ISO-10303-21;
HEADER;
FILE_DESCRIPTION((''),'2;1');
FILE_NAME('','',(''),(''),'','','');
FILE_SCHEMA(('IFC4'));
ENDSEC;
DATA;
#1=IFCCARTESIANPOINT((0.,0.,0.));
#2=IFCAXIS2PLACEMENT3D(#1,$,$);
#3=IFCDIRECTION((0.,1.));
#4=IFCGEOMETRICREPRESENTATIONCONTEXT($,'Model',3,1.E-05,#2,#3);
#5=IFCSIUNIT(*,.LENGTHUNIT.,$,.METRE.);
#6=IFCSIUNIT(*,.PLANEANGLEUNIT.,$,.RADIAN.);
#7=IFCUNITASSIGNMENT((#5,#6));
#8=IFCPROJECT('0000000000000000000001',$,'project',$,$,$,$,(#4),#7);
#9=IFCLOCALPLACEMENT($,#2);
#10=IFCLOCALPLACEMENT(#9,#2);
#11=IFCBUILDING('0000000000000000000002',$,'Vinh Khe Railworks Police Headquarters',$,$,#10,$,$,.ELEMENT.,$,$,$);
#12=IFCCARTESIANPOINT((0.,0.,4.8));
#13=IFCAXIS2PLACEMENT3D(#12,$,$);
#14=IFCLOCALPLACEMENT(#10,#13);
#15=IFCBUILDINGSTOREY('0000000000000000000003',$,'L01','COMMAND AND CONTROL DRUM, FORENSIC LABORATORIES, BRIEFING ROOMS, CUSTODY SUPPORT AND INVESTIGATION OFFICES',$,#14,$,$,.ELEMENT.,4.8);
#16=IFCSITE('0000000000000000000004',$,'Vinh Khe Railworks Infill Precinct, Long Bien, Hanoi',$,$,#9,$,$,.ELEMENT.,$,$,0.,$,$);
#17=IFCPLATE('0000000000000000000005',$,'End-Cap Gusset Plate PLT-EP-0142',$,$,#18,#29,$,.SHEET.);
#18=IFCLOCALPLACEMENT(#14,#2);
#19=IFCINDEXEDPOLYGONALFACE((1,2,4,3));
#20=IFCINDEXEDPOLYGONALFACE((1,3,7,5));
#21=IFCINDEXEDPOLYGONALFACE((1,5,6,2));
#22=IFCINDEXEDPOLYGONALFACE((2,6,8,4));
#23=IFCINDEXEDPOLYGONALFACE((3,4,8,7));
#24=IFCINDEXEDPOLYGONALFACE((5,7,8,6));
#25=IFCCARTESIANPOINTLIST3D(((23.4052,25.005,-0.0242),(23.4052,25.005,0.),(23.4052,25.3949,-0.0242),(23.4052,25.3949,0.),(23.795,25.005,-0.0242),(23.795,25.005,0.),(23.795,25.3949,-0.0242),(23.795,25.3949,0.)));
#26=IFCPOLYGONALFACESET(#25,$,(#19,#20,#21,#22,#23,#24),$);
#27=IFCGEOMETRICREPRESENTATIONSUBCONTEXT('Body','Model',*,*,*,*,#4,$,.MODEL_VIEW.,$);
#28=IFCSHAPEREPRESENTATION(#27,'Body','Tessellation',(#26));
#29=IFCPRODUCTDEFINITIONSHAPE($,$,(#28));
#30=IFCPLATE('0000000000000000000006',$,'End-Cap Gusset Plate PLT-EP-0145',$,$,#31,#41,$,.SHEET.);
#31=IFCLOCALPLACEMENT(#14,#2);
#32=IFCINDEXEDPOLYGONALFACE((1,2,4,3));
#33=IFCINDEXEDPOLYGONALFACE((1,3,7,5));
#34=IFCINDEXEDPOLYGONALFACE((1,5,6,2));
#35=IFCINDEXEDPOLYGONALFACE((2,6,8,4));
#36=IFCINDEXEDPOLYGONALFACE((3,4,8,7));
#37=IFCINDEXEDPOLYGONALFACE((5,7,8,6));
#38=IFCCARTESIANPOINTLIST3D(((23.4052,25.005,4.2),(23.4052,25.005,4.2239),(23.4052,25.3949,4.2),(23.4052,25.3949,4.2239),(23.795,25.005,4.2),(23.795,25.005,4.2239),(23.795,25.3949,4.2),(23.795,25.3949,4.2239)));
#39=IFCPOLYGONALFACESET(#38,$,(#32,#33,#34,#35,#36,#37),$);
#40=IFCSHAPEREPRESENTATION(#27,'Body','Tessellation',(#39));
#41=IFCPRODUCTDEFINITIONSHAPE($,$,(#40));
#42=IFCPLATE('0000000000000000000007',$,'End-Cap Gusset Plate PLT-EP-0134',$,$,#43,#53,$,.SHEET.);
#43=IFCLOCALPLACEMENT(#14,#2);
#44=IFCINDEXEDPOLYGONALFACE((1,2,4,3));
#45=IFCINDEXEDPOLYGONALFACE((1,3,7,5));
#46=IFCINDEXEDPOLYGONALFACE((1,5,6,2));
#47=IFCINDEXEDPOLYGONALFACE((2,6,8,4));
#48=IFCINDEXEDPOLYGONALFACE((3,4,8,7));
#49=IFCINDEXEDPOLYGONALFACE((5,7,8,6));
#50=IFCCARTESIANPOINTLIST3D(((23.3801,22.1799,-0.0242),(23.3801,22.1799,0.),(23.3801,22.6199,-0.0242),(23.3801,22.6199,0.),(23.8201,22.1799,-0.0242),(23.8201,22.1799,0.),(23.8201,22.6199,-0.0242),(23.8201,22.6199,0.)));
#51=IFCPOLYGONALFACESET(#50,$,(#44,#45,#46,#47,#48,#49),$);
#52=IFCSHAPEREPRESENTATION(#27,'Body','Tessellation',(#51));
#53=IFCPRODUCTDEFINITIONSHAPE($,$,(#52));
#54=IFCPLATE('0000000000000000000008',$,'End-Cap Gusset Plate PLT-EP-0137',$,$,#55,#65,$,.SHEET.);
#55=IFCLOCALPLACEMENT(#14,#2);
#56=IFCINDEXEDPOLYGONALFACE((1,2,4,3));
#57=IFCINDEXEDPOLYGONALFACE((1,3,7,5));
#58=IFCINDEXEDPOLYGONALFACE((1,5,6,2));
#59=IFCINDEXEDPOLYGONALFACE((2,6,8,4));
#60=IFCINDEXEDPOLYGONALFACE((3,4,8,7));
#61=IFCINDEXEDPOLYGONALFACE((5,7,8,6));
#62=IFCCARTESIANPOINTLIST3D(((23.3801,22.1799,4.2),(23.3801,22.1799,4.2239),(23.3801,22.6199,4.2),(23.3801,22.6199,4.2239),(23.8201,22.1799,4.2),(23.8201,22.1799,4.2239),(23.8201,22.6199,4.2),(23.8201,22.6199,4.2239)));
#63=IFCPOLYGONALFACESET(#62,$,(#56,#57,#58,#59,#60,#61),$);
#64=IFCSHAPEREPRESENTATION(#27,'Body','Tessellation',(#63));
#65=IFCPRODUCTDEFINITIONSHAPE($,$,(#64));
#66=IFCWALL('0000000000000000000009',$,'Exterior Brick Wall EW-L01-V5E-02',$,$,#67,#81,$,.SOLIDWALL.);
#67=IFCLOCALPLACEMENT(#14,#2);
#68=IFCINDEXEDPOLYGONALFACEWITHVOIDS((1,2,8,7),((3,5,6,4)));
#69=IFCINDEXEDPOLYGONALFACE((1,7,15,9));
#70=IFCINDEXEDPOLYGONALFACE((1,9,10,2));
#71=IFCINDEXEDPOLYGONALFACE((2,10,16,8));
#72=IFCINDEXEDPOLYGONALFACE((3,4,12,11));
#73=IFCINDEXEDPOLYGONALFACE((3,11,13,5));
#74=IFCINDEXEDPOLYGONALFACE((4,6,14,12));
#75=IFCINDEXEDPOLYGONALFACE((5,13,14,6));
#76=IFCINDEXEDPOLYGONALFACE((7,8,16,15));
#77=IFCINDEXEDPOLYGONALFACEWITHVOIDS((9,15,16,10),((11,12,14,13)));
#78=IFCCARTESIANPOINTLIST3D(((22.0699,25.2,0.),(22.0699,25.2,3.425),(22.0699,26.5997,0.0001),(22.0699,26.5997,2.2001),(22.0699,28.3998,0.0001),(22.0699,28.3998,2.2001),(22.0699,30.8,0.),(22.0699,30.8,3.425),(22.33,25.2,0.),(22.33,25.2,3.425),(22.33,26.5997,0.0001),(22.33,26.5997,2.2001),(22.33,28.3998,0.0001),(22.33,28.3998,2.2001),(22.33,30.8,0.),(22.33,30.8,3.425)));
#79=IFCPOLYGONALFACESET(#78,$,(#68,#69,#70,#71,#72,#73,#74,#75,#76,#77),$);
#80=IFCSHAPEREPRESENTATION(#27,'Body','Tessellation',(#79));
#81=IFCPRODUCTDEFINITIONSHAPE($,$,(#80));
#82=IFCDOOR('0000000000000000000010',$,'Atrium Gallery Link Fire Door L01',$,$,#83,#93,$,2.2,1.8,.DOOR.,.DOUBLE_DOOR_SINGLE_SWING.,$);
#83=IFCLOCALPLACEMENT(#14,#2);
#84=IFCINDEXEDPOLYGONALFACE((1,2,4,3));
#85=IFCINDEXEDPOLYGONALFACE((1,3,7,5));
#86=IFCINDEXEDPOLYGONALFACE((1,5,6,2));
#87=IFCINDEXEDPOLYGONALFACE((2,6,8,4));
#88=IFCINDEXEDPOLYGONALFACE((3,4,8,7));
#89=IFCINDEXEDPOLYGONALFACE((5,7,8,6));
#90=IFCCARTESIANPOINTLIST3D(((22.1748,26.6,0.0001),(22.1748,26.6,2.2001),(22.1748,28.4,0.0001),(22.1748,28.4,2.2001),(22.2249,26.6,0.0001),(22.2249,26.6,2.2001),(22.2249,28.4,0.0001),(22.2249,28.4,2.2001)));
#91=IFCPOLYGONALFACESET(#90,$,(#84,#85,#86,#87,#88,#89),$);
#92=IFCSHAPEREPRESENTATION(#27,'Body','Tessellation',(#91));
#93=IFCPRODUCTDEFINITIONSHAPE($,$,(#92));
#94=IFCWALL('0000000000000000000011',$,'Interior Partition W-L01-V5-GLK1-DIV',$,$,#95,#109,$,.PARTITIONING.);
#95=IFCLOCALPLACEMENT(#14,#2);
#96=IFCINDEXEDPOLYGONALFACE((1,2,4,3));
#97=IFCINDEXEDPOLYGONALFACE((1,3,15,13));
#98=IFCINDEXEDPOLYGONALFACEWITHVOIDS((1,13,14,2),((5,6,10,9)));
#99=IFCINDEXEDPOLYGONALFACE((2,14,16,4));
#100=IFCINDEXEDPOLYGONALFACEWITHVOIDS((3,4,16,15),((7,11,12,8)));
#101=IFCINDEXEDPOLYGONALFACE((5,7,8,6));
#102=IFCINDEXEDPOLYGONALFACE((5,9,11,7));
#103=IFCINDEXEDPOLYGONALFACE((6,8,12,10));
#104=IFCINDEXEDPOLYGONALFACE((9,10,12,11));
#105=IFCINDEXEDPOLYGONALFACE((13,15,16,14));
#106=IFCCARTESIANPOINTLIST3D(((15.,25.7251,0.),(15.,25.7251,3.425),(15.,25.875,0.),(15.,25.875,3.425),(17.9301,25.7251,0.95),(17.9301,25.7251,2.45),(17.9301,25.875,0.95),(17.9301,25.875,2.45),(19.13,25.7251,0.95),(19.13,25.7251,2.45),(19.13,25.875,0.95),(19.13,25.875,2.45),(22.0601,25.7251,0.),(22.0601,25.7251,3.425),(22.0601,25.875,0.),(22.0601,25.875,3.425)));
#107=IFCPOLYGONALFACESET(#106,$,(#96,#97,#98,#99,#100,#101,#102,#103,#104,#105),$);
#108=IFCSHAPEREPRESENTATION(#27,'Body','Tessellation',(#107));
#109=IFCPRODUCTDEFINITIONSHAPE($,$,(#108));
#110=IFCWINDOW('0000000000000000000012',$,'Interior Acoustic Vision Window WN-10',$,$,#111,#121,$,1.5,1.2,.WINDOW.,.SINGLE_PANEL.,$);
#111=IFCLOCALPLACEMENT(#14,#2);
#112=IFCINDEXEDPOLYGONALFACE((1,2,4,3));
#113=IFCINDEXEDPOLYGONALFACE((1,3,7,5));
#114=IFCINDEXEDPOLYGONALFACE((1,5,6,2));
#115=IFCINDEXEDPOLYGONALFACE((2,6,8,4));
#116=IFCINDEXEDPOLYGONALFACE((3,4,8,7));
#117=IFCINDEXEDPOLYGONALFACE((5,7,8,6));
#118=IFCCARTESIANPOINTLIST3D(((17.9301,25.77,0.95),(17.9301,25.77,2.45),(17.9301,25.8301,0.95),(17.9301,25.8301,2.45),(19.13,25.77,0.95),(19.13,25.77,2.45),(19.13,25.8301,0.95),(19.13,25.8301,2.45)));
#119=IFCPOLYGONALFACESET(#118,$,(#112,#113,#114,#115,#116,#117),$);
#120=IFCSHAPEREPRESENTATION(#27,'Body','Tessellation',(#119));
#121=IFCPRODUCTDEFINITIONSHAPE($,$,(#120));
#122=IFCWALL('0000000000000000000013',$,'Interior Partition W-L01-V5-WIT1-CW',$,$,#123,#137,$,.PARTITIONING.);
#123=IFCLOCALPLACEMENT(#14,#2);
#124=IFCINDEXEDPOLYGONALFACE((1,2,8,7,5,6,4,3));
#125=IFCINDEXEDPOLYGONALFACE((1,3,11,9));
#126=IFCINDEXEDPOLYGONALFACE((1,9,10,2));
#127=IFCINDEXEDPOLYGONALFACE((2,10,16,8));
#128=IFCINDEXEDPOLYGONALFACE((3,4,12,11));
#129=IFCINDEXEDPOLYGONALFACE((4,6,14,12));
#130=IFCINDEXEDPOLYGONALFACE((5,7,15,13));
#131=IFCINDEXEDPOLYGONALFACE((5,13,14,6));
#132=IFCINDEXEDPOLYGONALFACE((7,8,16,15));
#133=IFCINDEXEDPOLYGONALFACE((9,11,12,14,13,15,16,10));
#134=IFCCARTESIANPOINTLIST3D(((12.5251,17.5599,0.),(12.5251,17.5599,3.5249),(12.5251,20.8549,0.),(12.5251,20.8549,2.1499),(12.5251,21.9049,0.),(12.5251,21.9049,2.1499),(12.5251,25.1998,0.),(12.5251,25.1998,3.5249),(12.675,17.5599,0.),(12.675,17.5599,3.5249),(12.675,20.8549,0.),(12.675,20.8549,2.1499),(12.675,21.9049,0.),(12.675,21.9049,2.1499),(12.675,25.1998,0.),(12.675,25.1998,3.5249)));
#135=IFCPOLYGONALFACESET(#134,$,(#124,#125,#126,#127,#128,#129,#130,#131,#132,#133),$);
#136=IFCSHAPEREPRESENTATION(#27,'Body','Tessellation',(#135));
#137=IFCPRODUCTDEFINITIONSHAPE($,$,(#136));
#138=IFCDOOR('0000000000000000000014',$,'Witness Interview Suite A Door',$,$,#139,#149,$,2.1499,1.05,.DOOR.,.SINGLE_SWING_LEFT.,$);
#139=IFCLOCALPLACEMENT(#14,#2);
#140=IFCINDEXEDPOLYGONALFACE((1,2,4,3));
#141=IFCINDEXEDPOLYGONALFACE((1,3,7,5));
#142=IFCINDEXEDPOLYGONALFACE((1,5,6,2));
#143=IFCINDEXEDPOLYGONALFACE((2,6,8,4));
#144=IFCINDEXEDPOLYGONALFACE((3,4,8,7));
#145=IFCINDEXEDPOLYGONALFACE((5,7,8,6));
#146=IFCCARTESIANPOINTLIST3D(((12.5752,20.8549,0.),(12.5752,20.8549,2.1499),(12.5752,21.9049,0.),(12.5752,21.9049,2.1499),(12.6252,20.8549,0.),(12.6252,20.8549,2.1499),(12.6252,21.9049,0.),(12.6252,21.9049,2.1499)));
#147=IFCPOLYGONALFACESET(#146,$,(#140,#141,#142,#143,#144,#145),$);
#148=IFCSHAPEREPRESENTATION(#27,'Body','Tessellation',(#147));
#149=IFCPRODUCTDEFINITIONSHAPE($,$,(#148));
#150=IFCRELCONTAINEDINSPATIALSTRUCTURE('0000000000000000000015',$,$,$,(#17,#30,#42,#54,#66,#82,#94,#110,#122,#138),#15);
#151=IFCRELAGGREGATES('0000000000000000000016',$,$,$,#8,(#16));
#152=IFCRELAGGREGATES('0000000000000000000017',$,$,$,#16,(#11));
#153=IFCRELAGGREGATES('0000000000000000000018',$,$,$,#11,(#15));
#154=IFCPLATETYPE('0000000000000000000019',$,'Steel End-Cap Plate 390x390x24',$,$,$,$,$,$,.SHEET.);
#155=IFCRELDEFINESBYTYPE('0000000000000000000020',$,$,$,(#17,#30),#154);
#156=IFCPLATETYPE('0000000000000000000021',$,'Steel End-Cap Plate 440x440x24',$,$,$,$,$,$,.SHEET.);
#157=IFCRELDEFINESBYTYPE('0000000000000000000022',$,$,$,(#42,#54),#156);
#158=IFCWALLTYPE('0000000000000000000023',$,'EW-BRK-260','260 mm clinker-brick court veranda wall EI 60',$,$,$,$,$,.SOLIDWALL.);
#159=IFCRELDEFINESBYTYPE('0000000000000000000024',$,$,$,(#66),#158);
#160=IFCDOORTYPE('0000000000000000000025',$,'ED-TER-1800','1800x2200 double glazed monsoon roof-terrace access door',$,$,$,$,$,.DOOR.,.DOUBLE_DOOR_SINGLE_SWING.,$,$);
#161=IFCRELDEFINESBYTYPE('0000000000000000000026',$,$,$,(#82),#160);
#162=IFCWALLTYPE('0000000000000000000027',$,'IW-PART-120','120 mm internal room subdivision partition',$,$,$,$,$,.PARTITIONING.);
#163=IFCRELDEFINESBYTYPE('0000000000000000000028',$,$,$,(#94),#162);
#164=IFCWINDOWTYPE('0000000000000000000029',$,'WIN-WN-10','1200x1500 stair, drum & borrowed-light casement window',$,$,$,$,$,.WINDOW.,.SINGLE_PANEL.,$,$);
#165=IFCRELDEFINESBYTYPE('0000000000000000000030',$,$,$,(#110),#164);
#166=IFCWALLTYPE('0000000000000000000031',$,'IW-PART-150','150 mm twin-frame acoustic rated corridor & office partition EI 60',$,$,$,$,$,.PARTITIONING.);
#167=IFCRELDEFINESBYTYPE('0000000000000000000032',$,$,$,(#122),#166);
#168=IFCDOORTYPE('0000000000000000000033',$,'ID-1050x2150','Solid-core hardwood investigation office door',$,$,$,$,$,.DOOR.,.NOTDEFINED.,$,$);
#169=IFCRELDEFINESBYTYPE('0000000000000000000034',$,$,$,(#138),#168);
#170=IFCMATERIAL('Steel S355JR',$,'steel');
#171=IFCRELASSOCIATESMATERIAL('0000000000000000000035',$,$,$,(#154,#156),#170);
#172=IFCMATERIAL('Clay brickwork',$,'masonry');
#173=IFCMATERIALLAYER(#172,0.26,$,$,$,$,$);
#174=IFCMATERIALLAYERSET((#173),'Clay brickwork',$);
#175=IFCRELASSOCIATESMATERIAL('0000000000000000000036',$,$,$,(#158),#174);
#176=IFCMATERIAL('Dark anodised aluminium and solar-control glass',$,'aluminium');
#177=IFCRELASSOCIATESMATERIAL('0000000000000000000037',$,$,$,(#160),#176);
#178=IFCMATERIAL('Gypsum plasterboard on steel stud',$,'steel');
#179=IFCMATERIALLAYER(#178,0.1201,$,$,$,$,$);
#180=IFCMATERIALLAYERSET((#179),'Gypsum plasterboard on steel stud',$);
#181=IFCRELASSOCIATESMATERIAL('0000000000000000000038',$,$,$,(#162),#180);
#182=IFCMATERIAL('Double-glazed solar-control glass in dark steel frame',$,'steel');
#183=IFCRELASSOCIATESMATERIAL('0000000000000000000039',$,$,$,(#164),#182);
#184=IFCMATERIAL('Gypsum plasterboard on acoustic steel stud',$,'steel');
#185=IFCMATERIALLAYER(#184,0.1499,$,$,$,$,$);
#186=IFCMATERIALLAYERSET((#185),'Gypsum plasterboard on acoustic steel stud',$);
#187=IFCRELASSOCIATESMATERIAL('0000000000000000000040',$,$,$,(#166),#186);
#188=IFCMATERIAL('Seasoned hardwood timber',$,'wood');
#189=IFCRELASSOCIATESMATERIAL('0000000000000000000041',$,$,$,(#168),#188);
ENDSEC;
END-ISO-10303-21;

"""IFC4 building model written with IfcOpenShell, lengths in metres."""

from ifc_helpers import new_model, si_unit, direction, frame, frame_2d, origin, origin_2d, place, context, subcontext, project, spatial, rectangle, extrude, material, layer, layer_set, material_profile, profile_set, type_object, element, fill, save


model = new_model("IFC4")

# Units and contexts
model_context = context("Model", 3, precision=1e-05, world=origin(), true_north=direction((0.0, 1.0)))
body_context = subcontext(model_context, "Body", "Model", "MODEL_VIEW")
ifc_project = project(units=[si_unit("LENGTHUNIT", "METRE"), si_unit("PLANEANGLEUNIT", "RADIAN")], contexts=[model_context])

# Site, building, storey
site_placement = place(None, origin())
site = spatial("IfcSite", under=ifc_project, at=site_placement, Name="Vinh Khe Railworks Infill Precinct, Long Bien, Hanoi", CompositionType="ELEMENT", RefElevation=0.0)
building_placement = place(site_placement, origin())
building = spatial("IfcBuilding", under=site, at=building_placement, Name="Vinh Khe Railworks Police Headquarters", CompositionType="ELEMENT")
storey_placement = place(building_placement, frame((0.0, 0.0, 4.8)))
storey = spatial("IfcBuildingStorey", under=building, at=storey_placement, Name="L01", Description="COMMAND AND CONTROL DRUM, FORENSIC LABORATORIES, BRIEFING ROOMS, CUSTODY SUPPORT AND INVESTIGATION OFFICES", CompositionType="ELEMENT", Elevation=4.8)

# Shared definitions
ifc_material_1 = material(Name="Steel S355JR", Category="steel")

# Plates
ifc_material_profile_1 = material_profile(ifc_material_1, rectangle(XDim=0.3899, YDim=0.3899, at=origin_2d()), Name="PL 390x390")
ifc_profile_set_1 = profile_set([ifc_material_profile_1], Name="Steel S355JR")
plate_type_1 = type_object("IfcPlateType", Name="Steel End-Cap Plate 390x390x24", PredefinedType="SHEET", material=ifc_profile_set_1)
plate_1_placement = place(storey_placement, frame((23.6001, 25.2, 0.0), z_axis=(0.0, 0.0, -1.0), x_axis=(1.0, 0.0, 0.0)))
element("IfcPlate", 1, at=plate_1_placement, inside=storey, type_object=plate_type_1, Name="End-Cap Gusset Plate PLT-EP-0142", PredefinedType="SHEET", context=body_context, shape_type="SweptSolid", body=[
    extrude(rectangle(XDim=0.3899, YDim=0.3899, at=origin_2d()), origin(), (0.0, 0.0, 1.0), 0.0242),
])
plate_2_placement = place(storey_placement, frame((23.6001, 25.2, 4.2), z_axis=(0.0, 0.0, 1.0), x_axis=(1.0, 0.0, 0.0)))
element("IfcPlate", 2, at=plate_2_placement, inside=storey, type_object=plate_type_1, Name="End-Cap Gusset Plate PLT-EP-0145", PredefinedType="SHEET", context=body_context, shape_type="SweptSolid", body=[
    extrude(rectangle(XDim=0.3899, YDim=0.3899, at=origin_2d()), origin(), (0.0, 0.0, 1.0), 0.0239),
])
ifc_material_profile_2 = material_profile(ifc_material_1, rectangle(XDim=0.4399, YDim=0.4399, at=origin_2d()), Name="PL 440x440")
ifc_profile_set_2 = profile_set([ifc_material_profile_2], Name="Steel S355JR")
plate_type_2 = type_object("IfcPlateType", Name="Steel End-Cap Plate 440x440x24", PredefinedType="SHEET", material=ifc_profile_set_2)
plate_3_placement = place(storey_placement, frame((23.6001, 22.3999, 0.0), z_axis=(0.0, 0.0, -1.0), x_axis=(1.0, 0.0, 0.0)))
element("IfcPlate", 3, at=plate_3_placement, inside=storey, type_object=plate_type_2, Name="End-Cap Gusset Plate PLT-EP-0134", PredefinedType="SHEET", context=body_context, shape_type="SweptSolid", body=[
    extrude(rectangle(XDim=0.4399, YDim=0.4399, at=origin_2d()), origin(), (0.0, 0.0, 1.0), 0.0242),
])
plate_4_placement = place(storey_placement, frame((23.6001, 22.3999, 4.2), z_axis=(0.0, 0.0, 1.0), x_axis=(1.0, 0.0, 0.0)))
element("IfcPlate", 4, at=plate_4_placement, inside=storey, type_object=plate_type_2, Name="End-Cap Gusset Plate PLT-EP-0137", PredefinedType="SHEET", context=body_context, shape_type="SweptSolid", body=[
    extrude(rectangle(XDim=0.4399, YDim=0.4399, at=origin_2d()), origin(), (0.0, 0.0, 1.0), 0.0239),
])

# Wall, opening, door
ifc_material_2 = material(Name="Clay brickwork", Category="masonry")
ifc_layer_1 = layer(ifc_material_2, 0.26)
ifc_layer_set_1 = layer_set([ifc_layer_1], Name="Clay brickwork")
wall_type_1 = type_object("IfcWallType", Name="EW-BRK-260", Description="260 mm clinker-brick court veranda wall EI 60", PredefinedType="SOLIDWALL", material=ifc_layer_set_1)
wall_1_placement = place(storey_placement, frame((22.2, 25.2, 0.0), z_axis=(0.0, 0.0, 1.0), x_axis=(0.0, 1.0, 0.0)))
wall_1 = element("IfcWall", 5, at=wall_1_placement, inside=storey, type_object=wall_type_1, Name="Exterior Brick Wall EW-L01-V5E-02", PredefinedType="SOLIDWALL", context=body_context, shape_type="SweptSolid", body=[
    extrude(rectangle(XDim=5.6001, YDim=0.26, at=frame_2d((2.8, 0.0))), origin(), (0.0, 0.0, 1.0), 3.425),
])
opening_1_placement = place(wall_1_placement, frame((1.3999, 0.0, 0.0)))
opening_1 = element("IfcOpeningElement", 6, at=opening_1_placement, cuts=wall_1, PredefinedType="OPENING", context=body_context, shape_type="SweptSolid", body=[
    extrude(rectangle(XDim=1.8, YDim=2.2, at=frame_2d((0.8999, 1.1001))), frame((0.0, 0.145, 0.0), z_axis=(0.0, -1.0, 0.0), x_axis=(1.0, 0.0, 0.0)), (0.0, 0.0, 1.0), 0.2898),
])
ifc_material_3 = material(Name="Dark anodised aluminium and solar-control glass", Category="aluminium")
door_type_1 = type_object("IfcDoorType", Name="ED-TER-1800", Description="1800x2200 double glazed monsoon roof-terrace access door", OperationType="DOUBLE_DOOR_SINGLE_SWING", PredefinedType="DOOR", material=ifc_material_3)
door_1_placement = place(opening_1_placement, frame((1.8, 0.0, 0.0), z_axis=(0.0, 0.0, 1.0), x_axis=(-1.0, 0.0, 0.0)))
door_1 = element("IfcDoor", 7, at=door_1_placement, inside=storey, type_object=door_type_1, Name="Atrium Gallery Link Fire Door L01", OperationType="DOUBLE_DOOR_SINGLE_SWING", OverallHeight=2.2, OverallWidth=1.8, PredefinedType="DOOR", context=body_context, shape_type="SweptSolid", body=[
    extrude(rectangle(XDim=1.8, YDim=2.2, at=frame_2d((0.8999, 1.1001))), frame((0.0, 0.0249, 0.0), z_axis=(0.0, -1.0, 0.0), x_axis=(1.0, 0.0, 0.0)), (0.0, 0.0, 1.0), 0.05),
])
fill(opening_1, door_1)

# Wall, opening, window
ifc_material_4 = material(Name="Gypsum plasterboard on steel stud", Category="steel")
ifc_layer_2 = layer(ifc_material_4, 0.1201)
ifc_layer_set_2 = layer_set([ifc_layer_2], Name="Gypsum plasterboard on steel stud")
wall_type_2 = type_object("IfcWallType", Name="IW-PART-120", Description="120 mm internal room subdivision partition", PredefinedType="PARTITIONING", material=ifc_layer_set_2)
wall_2_placement = place(storey_placement, frame((15.0, 25.8, 0.0), z_axis=(0.0, 0.0, 1.0), x_axis=(1.0, 0.0, 0.0)))
wall_2 = element("IfcWall", 8, at=wall_2_placement, inside=storey, type_object=wall_type_2, Name="Interior Partition W-L01-V5-GLK1-DIV", PredefinedType="PARTITIONING", context=body_context, shape_type="SweptSolid", body=[
    extrude(rectangle(XDim=7.0601, YDim=0.1499, at=frame_2d((3.53, 0.0))), origin(), (0.0, 0.0, 1.0), 3.425),
])
opening_2_placement = place(wall_2_placement, frame((2.9299, 0.0, 0.95)))
opening_2 = element("IfcOpeningElement", 9, at=opening_2_placement, cuts=wall_2, PredefinedType="OPENING", context=body_context, shape_type="SweptSolid", body=[
    extrude(rectangle(XDim=1.2, YDim=1.5, at=frame_2d((0.6001, 0.75))), frame((0.0, 0.0898, 0.0), z_axis=(0.0, -1.0, 0.0), x_axis=(1.0, 0.0, 0.0)), (0.0, 0.0, 1.0), 0.1797),
])
ifc_material_5 = material(Name="Double-glazed solar-control glass in dark steel frame", Category="steel")
window_type = type_object("IfcWindowType", Name="WIN-WN-10", Description="1200x1500 stair, drum & borrowed-light casement window", PartitioningType="SINGLE_PANEL", PredefinedType="WINDOW", material=ifc_material_5)
window_placement = place(opening_2_placement, origin())
window = element("IfcWindow", 10, at=window_placement, inside=storey, type_object=window_type, Name="Interior Acoustic Vision Window WN-10", OverallHeight=1.5, OverallWidth=1.2, PartitioningType="SINGLE_PANEL", PredefinedType="WINDOW", context=body_context, shape_type="SweptSolid", body=[
    extrude(rectangle(XDim=1.2, YDim=1.5, at=frame_2d((0.6001, 0.75))), frame((0.0, 0.03, 0.0), z_axis=(0.0, -1.0, 0.0), x_axis=(1.0, 0.0, 0.0)), (0.0, 0.0, 1.0), 0.0601),
])
fill(opening_2, window)

# Wall, opening, door
ifc_material_6 = material(Name="Gypsum plasterboard on acoustic steel stud", Category="steel")
ifc_layer_3 = layer(ifc_material_6, 0.1499)
ifc_layer_set_3 = layer_set([ifc_layer_3], Name="Gypsum plasterboard on acoustic steel stud")
wall_type_3 = type_object("IfcWallType", Name="IW-PART-150", Description="150 mm twin-frame acoustic rated corridor & office partition EI 60", PredefinedType="PARTITIONING", material=ifc_layer_set_3)
wall_3_placement = place(storey_placement, frame((12.6001, 17.5601, 0.0), z_axis=(0.0, 0.0, 1.0), x_axis=(0.0, 1.0, 0.0)))
wall_3 = element("IfcWall", 11, at=wall_3_placement, inside=storey, type_object=wall_type_3, Name="Interior Partition W-L01-V5-WIT1-CW", PredefinedType="PARTITIONING", context=body_context, shape_type="SweptSolid", body=[
    extrude(rectangle(XDim=7.6399, YDim=0.1499, at=frame_2d((3.8198, 0.0))), origin(), (0.0, 0.0, 1.0), 3.5249),
])
opening_3_placement = place(wall_3_placement, frame((3.2949, 0.0, 0.0)))
opening_3 = element("IfcOpeningElement", 12, at=opening_3_placement, cuts=wall_3, PredefinedType="OPENING", context=body_context, shape_type="SweptSolid", body=[
    extrude(rectangle(XDim=1.05, YDim=2.1499, at=frame_2d((0.5249, 1.075))), frame((0.0, 0.0898, 0.0), z_axis=(0.0, -1.0, 0.0), x_axis=(1.0, 0.0, 0.0)), (0.0, 0.0, 1.0), 0.1797),
])
ifc_material_7 = material(Name="Seasoned hardwood timber", Category="wood")
door_type_2 = type_object("IfcDoorType", Name="ID-1050x2150", Description="Solid-core hardwood investigation office door", OperationType="NOTDEFINED", PredefinedType="DOOR", material=ifc_material_7)
door_2_placement = place(opening_3_placement, origin())
door_2 = element("IfcDoor", 13, at=door_2_placement, inside=storey, type_object=door_type_2, Name="Witness Interview Suite A Door", OperationType="SINGLE_SWING_LEFT", OverallHeight=2.1499, OverallWidth=1.05, PredefinedType="DOOR", context=body_context, shape_type="SweptSolid", body=[
    extrude(rectangle(XDim=1.05, YDim=2.1499, at=frame_2d((0.5249, 1.075))), frame((0.0, 0.0249, 0.0), z_axis=(0.0, -1.0, 0.0), x_axis=(1.0, 0.0, 0.0)), (0.0, 0.0, 1.0), 0.05),
])
fill(opening_3, door_2)

save(model, "model.ifc")
